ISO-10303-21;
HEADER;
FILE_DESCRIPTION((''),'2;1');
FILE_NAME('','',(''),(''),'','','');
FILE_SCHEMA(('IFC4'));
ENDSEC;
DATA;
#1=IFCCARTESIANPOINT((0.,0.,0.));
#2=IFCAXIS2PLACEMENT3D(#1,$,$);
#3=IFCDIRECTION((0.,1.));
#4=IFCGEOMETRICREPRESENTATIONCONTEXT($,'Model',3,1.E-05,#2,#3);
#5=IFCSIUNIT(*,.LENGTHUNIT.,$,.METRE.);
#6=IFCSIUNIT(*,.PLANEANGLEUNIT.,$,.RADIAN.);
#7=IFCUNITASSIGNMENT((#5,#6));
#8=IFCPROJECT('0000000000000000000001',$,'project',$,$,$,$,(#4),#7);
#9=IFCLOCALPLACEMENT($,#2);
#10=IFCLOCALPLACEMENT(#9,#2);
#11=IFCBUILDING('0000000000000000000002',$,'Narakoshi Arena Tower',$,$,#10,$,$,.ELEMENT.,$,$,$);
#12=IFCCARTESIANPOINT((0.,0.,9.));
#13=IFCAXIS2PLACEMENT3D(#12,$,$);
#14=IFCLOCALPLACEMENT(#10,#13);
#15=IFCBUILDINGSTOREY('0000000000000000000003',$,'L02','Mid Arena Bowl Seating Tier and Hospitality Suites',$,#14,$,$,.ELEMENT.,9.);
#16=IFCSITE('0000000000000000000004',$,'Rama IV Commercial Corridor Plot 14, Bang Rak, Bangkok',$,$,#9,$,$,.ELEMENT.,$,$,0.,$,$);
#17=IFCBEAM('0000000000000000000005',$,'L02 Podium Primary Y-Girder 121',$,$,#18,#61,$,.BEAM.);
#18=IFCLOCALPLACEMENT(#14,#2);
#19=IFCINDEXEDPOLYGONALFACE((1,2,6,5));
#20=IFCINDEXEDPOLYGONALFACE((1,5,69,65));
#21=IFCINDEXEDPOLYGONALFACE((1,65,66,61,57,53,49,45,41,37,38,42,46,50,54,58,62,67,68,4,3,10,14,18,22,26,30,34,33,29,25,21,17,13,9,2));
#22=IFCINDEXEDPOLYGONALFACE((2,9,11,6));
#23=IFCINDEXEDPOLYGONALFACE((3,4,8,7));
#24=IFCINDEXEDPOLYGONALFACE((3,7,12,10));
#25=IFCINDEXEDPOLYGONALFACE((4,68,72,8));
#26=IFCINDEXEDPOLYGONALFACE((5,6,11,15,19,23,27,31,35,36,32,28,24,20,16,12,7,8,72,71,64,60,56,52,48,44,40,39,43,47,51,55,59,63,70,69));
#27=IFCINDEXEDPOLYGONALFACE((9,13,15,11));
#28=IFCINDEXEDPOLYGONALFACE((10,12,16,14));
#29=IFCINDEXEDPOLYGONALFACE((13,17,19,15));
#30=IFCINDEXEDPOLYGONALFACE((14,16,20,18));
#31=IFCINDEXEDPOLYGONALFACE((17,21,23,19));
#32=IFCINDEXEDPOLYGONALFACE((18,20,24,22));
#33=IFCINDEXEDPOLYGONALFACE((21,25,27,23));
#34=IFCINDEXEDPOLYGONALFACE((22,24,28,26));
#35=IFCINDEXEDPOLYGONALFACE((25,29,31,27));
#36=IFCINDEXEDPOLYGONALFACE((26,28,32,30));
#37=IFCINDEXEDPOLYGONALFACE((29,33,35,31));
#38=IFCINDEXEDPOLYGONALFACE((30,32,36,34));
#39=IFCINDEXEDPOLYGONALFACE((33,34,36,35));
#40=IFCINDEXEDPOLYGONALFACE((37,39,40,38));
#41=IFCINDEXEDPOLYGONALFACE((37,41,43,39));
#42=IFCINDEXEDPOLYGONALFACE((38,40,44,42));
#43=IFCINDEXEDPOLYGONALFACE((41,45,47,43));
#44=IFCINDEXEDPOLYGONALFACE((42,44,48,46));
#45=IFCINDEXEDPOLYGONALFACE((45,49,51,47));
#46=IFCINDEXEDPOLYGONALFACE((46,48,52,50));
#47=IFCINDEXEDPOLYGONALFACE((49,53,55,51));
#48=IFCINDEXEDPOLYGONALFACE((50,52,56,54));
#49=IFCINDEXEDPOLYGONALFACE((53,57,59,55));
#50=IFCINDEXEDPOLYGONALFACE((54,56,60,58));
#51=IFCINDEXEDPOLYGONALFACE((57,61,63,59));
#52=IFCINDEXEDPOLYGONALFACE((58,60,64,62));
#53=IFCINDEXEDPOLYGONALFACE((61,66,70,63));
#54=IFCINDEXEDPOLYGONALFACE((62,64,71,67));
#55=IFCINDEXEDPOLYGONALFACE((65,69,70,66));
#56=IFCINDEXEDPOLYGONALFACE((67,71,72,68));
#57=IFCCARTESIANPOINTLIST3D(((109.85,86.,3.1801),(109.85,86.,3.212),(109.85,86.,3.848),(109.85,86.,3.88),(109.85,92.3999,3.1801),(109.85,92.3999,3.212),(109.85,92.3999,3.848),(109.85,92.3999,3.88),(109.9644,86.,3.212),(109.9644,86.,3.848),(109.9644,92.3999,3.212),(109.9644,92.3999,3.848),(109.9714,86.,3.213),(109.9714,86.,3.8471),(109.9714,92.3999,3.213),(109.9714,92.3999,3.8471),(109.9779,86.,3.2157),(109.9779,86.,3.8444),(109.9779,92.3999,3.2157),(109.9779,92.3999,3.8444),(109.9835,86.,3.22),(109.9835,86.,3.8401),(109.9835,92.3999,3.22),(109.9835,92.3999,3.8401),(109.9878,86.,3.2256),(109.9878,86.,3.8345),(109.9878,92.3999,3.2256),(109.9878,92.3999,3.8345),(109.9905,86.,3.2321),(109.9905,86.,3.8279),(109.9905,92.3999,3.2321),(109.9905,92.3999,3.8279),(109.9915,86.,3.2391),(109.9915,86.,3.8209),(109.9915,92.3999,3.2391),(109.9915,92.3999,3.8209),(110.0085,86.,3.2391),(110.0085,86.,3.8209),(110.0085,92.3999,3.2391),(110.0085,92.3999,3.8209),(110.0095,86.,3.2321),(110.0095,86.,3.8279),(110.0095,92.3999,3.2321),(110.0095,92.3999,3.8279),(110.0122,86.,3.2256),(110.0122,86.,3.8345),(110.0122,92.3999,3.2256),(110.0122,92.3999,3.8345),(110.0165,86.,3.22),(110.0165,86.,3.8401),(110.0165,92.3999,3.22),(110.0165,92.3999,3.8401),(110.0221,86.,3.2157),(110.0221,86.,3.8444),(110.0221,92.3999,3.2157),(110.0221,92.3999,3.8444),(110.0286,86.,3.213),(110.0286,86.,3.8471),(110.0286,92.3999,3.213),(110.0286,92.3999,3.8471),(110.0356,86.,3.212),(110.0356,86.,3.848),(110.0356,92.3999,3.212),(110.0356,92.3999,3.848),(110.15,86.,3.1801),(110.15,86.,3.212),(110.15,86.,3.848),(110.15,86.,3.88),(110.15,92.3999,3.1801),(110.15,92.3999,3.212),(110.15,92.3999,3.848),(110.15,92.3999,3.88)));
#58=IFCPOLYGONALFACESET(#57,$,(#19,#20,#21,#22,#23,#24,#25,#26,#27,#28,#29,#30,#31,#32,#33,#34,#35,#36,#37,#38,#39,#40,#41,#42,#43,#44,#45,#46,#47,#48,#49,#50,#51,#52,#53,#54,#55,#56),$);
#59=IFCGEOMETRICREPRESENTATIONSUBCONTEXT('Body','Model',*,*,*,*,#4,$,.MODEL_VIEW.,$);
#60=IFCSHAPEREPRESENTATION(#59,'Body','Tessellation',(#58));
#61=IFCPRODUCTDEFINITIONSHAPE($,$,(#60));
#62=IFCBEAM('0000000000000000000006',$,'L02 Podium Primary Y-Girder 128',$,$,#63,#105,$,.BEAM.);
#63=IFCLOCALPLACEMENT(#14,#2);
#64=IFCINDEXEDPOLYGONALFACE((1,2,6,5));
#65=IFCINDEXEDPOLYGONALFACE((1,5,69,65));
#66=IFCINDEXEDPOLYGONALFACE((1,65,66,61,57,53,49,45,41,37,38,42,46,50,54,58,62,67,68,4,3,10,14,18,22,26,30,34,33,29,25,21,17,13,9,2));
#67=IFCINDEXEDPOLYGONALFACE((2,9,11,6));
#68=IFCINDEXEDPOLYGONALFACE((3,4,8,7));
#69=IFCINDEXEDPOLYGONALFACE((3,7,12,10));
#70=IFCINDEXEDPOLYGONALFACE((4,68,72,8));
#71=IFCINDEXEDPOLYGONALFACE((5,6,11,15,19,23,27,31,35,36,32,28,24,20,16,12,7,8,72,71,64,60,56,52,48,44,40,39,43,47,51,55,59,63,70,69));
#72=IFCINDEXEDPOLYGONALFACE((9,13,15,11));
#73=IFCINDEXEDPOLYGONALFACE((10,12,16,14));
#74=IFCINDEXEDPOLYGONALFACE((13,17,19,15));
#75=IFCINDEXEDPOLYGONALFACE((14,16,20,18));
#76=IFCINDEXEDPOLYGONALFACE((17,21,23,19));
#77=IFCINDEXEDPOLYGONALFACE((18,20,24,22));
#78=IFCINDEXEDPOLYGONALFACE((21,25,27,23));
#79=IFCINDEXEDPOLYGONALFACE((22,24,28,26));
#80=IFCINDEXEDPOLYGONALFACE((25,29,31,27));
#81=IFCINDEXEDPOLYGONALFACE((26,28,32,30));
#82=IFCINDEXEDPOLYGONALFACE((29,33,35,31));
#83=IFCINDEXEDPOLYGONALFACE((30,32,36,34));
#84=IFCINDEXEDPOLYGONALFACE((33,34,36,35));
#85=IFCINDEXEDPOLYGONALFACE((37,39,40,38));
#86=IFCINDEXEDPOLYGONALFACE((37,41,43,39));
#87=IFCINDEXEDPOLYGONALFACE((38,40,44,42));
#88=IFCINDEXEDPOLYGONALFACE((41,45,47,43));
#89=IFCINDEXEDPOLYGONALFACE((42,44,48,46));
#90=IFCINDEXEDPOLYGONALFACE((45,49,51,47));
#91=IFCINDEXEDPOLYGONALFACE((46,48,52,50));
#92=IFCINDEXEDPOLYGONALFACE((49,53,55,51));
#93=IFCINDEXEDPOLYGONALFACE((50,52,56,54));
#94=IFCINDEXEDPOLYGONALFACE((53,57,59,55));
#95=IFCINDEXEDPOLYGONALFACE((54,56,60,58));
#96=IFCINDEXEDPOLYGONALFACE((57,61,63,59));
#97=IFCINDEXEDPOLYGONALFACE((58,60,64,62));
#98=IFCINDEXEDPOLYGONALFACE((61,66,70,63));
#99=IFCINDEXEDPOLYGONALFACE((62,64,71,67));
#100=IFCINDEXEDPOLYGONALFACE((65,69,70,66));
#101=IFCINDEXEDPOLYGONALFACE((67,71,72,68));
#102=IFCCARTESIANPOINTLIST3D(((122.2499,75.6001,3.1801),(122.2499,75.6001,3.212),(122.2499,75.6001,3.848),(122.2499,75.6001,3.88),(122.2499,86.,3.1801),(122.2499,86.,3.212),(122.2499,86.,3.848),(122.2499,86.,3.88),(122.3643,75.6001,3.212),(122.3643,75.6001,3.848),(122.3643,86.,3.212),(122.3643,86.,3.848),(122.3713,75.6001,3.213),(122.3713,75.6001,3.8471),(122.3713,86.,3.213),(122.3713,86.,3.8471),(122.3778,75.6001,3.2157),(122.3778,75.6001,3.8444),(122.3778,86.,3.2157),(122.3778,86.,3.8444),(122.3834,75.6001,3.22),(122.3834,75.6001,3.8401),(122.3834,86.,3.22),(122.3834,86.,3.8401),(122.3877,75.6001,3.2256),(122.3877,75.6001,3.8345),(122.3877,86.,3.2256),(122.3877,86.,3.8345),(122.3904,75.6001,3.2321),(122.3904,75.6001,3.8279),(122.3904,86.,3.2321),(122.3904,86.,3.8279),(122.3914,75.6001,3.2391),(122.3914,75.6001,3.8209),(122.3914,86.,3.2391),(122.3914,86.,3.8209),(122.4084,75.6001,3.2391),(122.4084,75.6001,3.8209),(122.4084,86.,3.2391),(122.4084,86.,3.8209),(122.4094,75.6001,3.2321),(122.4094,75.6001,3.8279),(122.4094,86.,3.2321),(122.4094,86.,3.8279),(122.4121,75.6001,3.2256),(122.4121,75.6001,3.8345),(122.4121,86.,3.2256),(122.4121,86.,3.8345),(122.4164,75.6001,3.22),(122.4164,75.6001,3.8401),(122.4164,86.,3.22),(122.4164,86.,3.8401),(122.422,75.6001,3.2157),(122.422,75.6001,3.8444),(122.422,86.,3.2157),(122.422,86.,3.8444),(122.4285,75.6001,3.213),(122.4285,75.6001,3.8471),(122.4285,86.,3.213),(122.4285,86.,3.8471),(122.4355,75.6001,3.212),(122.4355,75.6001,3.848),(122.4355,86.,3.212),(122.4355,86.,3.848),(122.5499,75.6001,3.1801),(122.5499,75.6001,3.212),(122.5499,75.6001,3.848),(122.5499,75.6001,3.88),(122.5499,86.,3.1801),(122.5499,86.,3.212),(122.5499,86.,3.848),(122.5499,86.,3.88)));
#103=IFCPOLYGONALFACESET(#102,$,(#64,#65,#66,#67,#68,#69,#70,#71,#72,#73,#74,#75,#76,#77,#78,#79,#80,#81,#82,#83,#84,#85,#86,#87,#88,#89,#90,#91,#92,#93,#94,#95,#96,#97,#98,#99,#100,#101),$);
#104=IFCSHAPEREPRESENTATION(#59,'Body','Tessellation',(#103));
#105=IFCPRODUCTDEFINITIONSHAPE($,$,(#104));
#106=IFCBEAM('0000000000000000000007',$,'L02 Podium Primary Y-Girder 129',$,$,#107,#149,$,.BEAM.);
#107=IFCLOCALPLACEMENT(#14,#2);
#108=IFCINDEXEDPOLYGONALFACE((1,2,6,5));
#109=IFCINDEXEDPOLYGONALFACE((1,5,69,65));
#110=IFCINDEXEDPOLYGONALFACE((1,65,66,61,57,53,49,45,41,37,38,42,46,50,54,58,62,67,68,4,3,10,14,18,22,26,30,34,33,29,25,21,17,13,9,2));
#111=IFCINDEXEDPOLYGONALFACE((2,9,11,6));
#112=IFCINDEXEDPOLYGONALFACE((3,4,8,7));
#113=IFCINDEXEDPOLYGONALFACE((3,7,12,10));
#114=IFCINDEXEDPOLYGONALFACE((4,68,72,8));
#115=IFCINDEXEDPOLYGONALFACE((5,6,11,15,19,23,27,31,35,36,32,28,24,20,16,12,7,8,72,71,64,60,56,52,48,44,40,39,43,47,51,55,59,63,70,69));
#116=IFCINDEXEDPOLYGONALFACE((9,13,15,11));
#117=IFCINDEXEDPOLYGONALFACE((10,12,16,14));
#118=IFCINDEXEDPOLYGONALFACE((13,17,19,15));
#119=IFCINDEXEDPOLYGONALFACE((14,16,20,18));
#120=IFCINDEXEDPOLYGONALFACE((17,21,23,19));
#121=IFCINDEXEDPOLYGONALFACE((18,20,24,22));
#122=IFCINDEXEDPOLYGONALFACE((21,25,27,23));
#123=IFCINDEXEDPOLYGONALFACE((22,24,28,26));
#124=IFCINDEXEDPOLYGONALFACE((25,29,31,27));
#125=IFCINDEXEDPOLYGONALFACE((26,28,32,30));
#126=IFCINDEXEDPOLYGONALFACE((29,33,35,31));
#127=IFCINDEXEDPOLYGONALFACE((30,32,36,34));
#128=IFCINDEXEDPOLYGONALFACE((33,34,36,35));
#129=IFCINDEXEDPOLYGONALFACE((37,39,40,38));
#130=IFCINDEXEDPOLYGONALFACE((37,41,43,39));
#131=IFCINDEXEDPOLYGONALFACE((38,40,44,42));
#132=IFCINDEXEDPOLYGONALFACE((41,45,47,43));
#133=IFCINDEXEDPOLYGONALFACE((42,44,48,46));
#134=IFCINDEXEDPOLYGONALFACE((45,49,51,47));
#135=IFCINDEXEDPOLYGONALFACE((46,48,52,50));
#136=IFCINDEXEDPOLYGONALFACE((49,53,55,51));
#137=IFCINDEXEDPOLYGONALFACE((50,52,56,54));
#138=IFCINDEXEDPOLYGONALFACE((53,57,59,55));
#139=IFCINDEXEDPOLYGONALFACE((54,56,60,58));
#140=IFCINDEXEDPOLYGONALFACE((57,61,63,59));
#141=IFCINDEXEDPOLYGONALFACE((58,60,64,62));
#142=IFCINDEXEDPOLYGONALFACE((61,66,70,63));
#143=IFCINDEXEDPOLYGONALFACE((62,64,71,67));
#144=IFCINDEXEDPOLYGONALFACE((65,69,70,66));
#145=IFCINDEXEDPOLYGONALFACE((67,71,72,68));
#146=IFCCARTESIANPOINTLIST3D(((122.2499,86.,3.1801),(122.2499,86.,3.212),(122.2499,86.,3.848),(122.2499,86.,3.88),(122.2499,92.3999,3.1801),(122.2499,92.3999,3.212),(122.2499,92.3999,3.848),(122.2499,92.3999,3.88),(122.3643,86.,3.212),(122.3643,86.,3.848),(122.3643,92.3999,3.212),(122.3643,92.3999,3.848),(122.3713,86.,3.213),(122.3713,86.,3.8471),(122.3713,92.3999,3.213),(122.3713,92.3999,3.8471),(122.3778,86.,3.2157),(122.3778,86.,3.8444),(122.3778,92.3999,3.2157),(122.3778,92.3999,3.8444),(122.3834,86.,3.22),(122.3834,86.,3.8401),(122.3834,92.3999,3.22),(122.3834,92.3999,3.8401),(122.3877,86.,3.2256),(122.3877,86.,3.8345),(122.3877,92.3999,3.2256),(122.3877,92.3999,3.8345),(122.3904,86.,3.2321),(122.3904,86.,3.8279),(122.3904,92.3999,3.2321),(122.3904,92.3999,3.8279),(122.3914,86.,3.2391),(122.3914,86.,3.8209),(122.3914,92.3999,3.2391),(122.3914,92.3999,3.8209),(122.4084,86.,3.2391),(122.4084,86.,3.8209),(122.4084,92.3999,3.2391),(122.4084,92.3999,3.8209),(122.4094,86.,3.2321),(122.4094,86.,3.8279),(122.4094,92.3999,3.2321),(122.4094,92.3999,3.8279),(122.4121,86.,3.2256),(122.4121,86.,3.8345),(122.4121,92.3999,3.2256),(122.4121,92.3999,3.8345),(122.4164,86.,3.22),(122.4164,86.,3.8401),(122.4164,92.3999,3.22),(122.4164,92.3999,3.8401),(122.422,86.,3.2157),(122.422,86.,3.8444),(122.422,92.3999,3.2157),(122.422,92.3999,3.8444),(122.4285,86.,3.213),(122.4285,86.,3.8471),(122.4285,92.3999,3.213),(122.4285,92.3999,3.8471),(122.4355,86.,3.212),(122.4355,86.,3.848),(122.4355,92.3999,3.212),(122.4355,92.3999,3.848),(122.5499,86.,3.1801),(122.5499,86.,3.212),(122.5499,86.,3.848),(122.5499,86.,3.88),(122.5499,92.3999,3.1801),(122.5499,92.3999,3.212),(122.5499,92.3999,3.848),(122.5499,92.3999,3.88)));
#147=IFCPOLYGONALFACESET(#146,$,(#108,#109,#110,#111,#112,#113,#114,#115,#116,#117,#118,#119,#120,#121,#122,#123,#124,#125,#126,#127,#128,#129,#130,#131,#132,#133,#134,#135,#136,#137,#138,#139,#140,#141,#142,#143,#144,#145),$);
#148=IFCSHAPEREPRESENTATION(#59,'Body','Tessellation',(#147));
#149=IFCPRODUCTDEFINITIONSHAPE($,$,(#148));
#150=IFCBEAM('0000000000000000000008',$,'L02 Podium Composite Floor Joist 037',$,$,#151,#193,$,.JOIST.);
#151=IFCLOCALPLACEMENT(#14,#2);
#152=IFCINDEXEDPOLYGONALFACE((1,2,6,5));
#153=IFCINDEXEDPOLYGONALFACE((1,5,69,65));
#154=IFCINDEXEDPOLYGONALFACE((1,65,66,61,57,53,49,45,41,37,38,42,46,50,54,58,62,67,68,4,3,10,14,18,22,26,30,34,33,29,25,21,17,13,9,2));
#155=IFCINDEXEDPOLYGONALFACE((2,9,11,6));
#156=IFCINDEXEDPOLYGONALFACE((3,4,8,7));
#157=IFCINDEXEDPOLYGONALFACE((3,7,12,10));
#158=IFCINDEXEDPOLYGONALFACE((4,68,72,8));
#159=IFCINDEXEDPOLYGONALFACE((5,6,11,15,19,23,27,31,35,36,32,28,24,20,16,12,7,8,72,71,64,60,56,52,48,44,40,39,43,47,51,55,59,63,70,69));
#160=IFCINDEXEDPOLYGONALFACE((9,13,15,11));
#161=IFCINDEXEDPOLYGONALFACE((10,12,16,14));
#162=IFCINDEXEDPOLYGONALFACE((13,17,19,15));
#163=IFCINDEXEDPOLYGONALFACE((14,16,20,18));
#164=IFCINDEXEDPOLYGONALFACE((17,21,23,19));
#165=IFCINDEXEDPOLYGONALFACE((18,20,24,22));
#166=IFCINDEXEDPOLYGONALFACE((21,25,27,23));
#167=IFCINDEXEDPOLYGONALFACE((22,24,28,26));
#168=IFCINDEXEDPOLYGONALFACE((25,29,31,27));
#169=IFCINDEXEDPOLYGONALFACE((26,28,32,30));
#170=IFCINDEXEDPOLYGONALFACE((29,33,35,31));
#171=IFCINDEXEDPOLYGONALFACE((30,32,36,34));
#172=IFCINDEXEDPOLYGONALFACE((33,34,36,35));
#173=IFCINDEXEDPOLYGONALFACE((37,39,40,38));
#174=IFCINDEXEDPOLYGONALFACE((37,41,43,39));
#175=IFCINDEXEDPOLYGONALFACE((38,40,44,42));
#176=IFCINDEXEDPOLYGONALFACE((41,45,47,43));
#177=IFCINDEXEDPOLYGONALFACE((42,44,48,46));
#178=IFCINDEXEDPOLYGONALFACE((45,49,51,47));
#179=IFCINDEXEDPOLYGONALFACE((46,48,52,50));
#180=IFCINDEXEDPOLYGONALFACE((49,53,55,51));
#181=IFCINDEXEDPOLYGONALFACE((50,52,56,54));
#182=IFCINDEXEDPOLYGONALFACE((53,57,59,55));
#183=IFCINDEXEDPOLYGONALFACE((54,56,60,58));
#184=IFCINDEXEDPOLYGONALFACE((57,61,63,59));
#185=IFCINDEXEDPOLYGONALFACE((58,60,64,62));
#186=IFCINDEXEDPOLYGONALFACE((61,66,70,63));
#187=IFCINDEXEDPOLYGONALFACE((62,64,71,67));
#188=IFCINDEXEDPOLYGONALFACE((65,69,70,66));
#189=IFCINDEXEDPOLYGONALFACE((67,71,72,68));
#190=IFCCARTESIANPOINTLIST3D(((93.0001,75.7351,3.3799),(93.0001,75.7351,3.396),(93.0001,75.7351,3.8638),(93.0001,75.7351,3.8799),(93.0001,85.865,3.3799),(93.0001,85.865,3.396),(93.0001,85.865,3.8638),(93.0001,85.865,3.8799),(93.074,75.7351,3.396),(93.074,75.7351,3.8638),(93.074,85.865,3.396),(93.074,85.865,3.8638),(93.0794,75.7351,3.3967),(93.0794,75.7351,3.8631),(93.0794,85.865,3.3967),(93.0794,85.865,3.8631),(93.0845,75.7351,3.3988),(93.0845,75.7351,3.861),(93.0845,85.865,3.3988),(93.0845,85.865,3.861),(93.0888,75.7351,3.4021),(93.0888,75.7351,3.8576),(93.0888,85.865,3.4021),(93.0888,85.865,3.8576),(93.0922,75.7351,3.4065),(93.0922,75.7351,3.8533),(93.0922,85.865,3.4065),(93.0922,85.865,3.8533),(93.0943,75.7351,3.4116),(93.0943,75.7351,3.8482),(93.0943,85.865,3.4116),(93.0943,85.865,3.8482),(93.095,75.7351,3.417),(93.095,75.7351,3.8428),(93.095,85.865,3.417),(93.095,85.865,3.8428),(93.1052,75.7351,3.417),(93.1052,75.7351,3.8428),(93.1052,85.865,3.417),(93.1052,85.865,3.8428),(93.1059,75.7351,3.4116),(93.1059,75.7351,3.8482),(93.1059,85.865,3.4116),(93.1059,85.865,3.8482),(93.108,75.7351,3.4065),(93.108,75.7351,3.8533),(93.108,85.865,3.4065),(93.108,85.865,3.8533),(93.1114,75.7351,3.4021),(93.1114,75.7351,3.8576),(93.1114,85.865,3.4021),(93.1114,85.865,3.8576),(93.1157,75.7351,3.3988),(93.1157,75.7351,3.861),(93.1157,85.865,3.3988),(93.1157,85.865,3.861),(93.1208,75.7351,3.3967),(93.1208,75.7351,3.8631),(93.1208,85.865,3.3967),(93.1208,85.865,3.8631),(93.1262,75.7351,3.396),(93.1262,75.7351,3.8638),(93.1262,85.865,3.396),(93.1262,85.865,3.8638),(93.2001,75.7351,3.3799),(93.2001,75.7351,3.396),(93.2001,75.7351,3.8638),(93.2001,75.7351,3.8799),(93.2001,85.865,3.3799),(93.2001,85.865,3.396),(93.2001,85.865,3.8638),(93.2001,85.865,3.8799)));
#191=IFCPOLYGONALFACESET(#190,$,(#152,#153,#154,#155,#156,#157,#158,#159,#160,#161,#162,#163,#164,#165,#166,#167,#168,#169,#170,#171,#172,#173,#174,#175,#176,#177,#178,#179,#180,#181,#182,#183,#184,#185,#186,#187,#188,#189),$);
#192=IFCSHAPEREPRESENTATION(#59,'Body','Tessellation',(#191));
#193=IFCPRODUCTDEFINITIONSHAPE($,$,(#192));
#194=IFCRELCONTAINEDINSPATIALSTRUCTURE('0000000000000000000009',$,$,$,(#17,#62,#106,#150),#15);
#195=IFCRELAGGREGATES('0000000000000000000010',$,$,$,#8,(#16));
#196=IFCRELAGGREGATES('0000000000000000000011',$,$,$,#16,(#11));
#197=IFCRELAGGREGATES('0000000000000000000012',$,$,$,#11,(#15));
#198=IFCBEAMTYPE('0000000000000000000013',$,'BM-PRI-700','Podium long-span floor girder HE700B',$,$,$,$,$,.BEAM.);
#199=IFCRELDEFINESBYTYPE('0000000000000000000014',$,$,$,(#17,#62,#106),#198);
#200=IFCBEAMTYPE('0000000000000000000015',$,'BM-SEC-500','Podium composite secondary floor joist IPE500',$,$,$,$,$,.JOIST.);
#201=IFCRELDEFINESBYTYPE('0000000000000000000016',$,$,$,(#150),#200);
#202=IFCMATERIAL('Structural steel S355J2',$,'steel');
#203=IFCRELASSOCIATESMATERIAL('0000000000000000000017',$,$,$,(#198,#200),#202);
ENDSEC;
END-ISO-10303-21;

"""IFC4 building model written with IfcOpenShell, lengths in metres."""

from ifc_helpers import new_model, si_unit, direction, frame, origin, origin_2d, place, context, subcontext, project, spatial, i_section, extrude, material, material_profile, profile_set, type_object, element, save


model = new_model("IFC4")

# Units and contexts
model_context = context("Model", 3, precision=1e-05, world=origin(), true_north=direction((0.0, 1.0)))
body_context = subcontext(model_context, "Body", "Model", "MODEL_VIEW")
ifc_project = project(units=[si_unit("LENGTHUNIT", "METRE"), si_unit("PLANEANGLEUNIT", "RADIAN")], contexts=[model_context])

# Site, building, storey
site_placement = place(None, origin())
site = spatial("IfcSite", under=ifc_project, at=site_placement, Name="Rama IV Commercial Corridor Plot 14, Bang Rak, Bangkok", CompositionType="ELEMENT", RefElevation=0.0)
building_placement = place(site_placement, origin())
building = spatial("IfcBuilding", under=site, at=building_placement, Name="Narakoshi Arena Tower", CompositionType="ELEMENT")
storey_placement = place(building_placement, frame((0.0, 0.0, 9.0)))
storey = spatial("IfcBuildingStorey", under=building, at=storey_placement, Name="L02", Description="Mid Arena Bowl Seating Tier and Hospitality Suites", CompositionType="ELEMENT", Elevation=9.0)

# Beams
ifc_material_1 = material(Name="Structural steel S355J2", Category="steel")
ifc_material_profile_1 = material_profile(ifc_material_1, i_section(OverallWidth=0.3, OverallDepth=0.7, WebThickness=0.0171, FlangeThickness=0.032, FilletRadius=0.0271, at=origin_2d()), Name="HE700B")
ifc_profile_set_1 = profile_set([ifc_material_profile_1], Name="Structural steel S355J2")
beam_type_1 = type_object("IfcBeamType", Name="BM-PRI-700", Description="Podium long-span floor girder HE700B", PredefinedType="BEAM", material=ifc_profile_set_1)
beam_1_placement = place(storey_placement, frame((110.0, 86.0, 3.53), z_axis=(0.0, 1.0, 0.0), x_axis=(-1.0, 0.0, 0.0)))
element("IfcBeam", 1, at=beam_1_placement, inside=storey, type_object=beam_type_1, Name="L02 Podium Primary Y-Girder 121", PredefinedType="BEAM", context=body_context, shape_type="SweptSolid", body=[
    extrude(i_section(OverallWidth=0.3, OverallDepth=0.7, WebThickness=0.0171, FlangeThickness=0.032, FilletRadius=0.0271, at=origin_2d()), origin(), (0.0, 0.0, 1.0), 6.3999),
])
beam_2_placement = place(storey_placement, frame((122.3999, 75.6001, 3.53), z_axis=(0.0, 1.0, 0.0), x_axis=(-1.0, 0.0, 0.0)))
element("IfcBeam", 2, at=beam_2_placement, inside=storey, type_object=beam_type_1, Name="L02 Podium Primary Y-Girder 128", PredefinedType="BEAM", context=body_context, shape_type="SweptSolid", body=[
    extrude(i_section(OverallWidth=0.3, OverallDepth=0.7, WebThickness=0.0171, FlangeThickness=0.032, FilletRadius=0.0271, at=origin_2d()), origin(), (0.0, 0.0, 1.0), 10.3999),
])
beam_3_placement = place(storey_placement, frame((122.3999, 86.0, 3.53), z_axis=(0.0, 1.0, 0.0), x_axis=(-1.0, 0.0, 0.0)))
element("IfcBeam", 3, at=beam_3_placement, inside=storey, type_object=beam_type_1, Name="L02 Podium Primary Y-Girder 129", PredefinedType="BEAM", context=body_context, shape_type="SweptSolid", body=[
    extrude(i_section(OverallWidth=0.3, OverallDepth=0.7, WebThickness=0.0171, FlangeThickness=0.032, FilletRadius=0.0271, at=origin_2d()), origin(), (0.0, 0.0, 1.0), 6.3999),
])
ifc_material_profile_2 = material_profile(ifc_material_1, i_section(OverallWidth=0.2, OverallDepth=0.5, WebThickness=0.0103, FlangeThickness=0.0161, FilletRadius=0.021, at=origin_2d()), Name="IPE500")
ifc_profile_set_2 = profile_set([ifc_material_profile_2], Name="Structural steel S355J2")
beam_type_2 = type_object("IfcBeamType", Name="BM-SEC-500", Description="Podium composite secondary floor joist IPE500", PredefinedType="JOIST", material=ifc_profile_set_2)
beam_4_placement = place(storey_placement, frame((93.1001, 75.7351, 3.6299), z_axis=(0.0, 1.0, 0.0), x_axis=(-1.0, 0.0, 0.0)))
element("IfcBeam", 4, at=beam_4_placement, inside=storey, type_object=beam_type_2, Name="L02 Podium Composite Floor Joist 037", PredefinedType="JOIST", context=body_context, shape_type="SweptSolid", body=[
    extrude(i_section(OverallWidth=0.2, OverallDepth=0.5, WebThickness=0.0103, FlangeThickness=0.0161, FilletRadius=0.021, at=origin_2d()), origin(), (0.0, 0.0, 1.0), 10.1299),
])

save(model, "model.ifc")
